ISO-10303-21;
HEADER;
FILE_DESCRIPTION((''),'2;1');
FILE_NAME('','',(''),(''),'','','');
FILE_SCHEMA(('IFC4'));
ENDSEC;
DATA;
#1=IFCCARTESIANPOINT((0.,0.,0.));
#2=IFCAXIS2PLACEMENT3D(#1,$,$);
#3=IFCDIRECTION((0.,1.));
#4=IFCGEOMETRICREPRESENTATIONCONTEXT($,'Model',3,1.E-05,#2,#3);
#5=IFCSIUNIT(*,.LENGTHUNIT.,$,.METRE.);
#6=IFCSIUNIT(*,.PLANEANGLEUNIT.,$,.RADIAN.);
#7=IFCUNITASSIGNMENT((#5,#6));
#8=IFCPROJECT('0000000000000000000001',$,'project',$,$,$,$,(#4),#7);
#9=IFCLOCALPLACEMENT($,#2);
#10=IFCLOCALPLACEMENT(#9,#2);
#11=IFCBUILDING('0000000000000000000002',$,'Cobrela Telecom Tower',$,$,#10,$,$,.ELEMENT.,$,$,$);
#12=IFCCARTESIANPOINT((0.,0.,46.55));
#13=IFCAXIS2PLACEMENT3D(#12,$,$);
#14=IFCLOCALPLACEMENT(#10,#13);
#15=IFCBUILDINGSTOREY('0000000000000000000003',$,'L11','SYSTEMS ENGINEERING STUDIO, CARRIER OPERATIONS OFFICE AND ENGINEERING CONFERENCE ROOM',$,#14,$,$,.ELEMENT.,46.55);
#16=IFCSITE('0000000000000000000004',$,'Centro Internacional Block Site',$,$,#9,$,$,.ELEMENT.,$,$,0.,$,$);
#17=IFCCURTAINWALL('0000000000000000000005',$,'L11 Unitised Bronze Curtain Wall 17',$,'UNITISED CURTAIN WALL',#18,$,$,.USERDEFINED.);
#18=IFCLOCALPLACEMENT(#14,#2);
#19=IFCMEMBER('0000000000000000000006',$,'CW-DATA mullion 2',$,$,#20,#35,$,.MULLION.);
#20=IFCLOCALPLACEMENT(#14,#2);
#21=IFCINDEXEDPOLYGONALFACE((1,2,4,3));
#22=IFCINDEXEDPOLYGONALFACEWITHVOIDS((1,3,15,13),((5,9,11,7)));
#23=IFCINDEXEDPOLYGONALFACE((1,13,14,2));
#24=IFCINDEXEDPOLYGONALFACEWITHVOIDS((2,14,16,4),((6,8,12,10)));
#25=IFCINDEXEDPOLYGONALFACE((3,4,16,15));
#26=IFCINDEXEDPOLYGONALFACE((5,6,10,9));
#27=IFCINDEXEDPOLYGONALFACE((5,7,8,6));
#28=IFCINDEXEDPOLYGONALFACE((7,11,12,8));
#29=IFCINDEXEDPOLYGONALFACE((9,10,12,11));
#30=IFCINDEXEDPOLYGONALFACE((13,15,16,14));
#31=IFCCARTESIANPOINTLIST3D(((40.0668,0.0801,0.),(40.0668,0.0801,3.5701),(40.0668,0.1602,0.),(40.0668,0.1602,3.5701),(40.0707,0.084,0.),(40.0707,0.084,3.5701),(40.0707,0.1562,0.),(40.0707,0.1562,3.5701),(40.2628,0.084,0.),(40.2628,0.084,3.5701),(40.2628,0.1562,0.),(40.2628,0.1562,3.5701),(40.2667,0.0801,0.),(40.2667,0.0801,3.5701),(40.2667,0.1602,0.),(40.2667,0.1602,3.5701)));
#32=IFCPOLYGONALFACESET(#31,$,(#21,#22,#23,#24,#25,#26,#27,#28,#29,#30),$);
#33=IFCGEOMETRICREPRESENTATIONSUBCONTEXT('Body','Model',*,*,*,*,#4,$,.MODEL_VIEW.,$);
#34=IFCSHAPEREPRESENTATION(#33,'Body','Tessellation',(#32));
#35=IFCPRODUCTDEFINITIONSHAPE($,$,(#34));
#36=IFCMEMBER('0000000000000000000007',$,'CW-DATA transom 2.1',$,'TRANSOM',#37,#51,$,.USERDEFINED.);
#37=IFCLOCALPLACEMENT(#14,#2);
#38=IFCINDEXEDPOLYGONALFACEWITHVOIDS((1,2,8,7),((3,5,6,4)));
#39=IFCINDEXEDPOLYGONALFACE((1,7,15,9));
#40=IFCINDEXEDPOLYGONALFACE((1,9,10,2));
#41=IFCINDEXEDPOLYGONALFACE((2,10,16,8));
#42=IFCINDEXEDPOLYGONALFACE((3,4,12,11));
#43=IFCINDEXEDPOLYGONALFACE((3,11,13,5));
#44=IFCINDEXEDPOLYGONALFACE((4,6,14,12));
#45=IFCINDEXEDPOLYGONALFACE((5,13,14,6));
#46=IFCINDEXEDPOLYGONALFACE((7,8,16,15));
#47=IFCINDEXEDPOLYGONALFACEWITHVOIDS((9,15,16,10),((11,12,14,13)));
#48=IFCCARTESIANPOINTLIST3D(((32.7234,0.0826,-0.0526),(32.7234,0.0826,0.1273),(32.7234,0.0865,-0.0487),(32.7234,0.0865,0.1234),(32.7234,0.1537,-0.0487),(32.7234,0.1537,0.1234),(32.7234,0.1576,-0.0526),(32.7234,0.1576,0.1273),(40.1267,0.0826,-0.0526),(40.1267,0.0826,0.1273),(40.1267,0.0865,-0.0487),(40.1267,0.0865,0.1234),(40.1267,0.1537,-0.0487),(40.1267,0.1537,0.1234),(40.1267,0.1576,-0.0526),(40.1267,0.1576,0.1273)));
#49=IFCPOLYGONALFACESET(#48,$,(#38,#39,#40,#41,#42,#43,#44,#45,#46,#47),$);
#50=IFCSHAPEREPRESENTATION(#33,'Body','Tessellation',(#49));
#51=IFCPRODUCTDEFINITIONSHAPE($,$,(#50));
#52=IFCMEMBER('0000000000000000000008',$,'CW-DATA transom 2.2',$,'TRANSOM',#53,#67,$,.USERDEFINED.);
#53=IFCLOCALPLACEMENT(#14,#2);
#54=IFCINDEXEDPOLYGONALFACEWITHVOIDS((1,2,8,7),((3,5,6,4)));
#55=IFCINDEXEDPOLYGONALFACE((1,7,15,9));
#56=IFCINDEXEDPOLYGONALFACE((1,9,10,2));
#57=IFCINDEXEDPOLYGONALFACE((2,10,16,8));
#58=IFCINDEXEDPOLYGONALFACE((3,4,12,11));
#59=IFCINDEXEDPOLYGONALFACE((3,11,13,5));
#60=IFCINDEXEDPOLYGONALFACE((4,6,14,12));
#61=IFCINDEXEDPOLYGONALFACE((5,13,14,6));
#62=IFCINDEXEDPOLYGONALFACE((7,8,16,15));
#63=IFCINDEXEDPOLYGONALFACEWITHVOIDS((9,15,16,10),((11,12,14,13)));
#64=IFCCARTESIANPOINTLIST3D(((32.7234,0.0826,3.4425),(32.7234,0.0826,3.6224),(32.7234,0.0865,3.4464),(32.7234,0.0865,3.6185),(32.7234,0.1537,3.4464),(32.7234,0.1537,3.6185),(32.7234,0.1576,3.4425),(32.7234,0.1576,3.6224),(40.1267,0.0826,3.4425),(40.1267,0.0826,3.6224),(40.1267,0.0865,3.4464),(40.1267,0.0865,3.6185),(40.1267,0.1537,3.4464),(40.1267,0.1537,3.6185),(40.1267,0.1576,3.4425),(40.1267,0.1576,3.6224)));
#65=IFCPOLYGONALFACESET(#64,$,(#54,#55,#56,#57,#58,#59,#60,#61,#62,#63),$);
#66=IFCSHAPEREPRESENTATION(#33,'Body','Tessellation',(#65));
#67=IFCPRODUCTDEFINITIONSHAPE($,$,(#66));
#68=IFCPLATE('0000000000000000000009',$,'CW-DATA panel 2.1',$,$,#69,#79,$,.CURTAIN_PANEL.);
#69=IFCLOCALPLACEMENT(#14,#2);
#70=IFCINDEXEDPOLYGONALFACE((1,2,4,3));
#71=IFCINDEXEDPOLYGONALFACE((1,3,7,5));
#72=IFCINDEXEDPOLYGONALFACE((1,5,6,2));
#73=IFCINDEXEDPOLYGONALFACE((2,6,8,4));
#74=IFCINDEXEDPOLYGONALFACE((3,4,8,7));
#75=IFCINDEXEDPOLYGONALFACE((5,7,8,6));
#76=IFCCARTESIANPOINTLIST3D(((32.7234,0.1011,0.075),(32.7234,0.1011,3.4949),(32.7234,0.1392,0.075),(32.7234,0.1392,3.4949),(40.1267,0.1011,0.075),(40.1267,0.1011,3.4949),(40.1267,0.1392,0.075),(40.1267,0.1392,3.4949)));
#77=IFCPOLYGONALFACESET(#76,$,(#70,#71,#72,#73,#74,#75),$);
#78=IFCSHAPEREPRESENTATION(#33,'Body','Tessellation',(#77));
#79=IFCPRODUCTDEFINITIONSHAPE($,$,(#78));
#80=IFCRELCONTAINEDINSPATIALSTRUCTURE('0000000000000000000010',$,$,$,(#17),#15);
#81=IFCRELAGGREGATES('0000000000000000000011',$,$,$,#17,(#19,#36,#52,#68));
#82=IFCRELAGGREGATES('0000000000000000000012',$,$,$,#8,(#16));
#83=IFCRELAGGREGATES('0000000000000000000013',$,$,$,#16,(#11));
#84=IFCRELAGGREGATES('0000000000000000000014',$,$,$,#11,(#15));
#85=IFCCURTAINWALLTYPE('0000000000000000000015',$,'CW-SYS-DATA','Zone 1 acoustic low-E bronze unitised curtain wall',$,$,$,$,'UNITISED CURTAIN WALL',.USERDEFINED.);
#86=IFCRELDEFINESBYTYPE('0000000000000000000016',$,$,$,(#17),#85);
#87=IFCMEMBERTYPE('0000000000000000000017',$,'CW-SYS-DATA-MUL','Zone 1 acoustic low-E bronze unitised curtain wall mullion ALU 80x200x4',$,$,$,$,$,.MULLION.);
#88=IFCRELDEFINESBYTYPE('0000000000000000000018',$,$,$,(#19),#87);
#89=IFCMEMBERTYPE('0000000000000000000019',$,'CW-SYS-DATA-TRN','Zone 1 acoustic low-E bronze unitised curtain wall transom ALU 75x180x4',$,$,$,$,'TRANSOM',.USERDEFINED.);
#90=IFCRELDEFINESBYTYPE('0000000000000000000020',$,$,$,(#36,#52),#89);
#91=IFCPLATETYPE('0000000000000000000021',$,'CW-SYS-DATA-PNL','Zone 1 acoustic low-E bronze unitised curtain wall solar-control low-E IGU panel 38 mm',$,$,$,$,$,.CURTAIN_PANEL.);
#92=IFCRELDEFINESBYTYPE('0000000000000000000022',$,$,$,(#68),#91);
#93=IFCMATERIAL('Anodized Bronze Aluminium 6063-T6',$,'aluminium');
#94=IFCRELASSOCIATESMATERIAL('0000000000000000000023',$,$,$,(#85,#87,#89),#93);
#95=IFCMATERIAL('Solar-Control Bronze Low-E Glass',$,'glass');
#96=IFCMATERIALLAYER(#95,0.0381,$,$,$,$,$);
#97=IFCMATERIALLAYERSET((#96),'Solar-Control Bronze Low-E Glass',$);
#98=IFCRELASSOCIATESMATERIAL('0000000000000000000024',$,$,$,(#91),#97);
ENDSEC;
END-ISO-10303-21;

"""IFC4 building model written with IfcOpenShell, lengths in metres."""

from ifc_helpers import new_model, si_unit, direction, frame, origin, origin_2d, place, context, subcontext, project, spatial, rectangle, hollow_rectangle, extrude, material, layer, layer_set, material_profile, profile_set, type_object, element, aggregate, save


model = new_model("IFC4")

# Units and contexts
model_context = context("Model", 3, precision=1e-05, world=origin(), true_north=direction((0.0, 1.0)))
body_context = subcontext(model_context, "Body", "Model", "MODEL_VIEW")
ifc_project = project(units=[si_unit("LENGTHUNIT", "METRE"), si_unit("PLANEANGLEUNIT", "RADIAN")], contexts=[model_context])

# Site, building, storey
site_placement = place(None, origin())
site = spatial("IfcSite", under=ifc_project, at=site_placement, Name="Centro Internacional Block Site", CompositionType="ELEMENT", RefElevation=0.0)
building_placement = place(site_placement, origin())
building = spatial("IfcBuilding", under=site, at=building_placement, Name="Cobrela Telecom Tower", CompositionType="ELEMENT")
storey_placement = place(building_placement, frame((0.0, 0.0, 46.55)))
storey = spatial("IfcBuildingStorey", under=building, at=storey_placement, Name="L11", Description="SYSTEMS ENGINEERING STUDIO, CARRIER OPERATIONS OFFICE AND ENGINEERING CONFERENCE ROOM", CompositionType="ELEMENT", Elevation=46.55)

# Curtain wall, members, plate
ifc_material_1 = material(Name="Anodized Bronze Aluminium 6063-T6", Category="aluminium")
curtain_wall_type = type_object("IfcCurtainWallType", Name="CW-SYS-DATA", Description="Zone 1 acoustic low-E bronze unitised curtain wall", ElementType="UNITISED CURTAIN WALL", PredefinedType="USERDEFINED", material=ifc_material_1)
curtain_wall_placement = place(storey_placement, origin())
curtain_wall = element("IfcCurtainWall", 1, at=curtain_wall_placement, inside=storey, type_object=curtain_wall_type, Name="L11 Unitised Bronze Curtain Wall 17", ObjectType="UNITISED CURTAIN WALL", PredefinedType="USERDEFINED")
ifc_material_profile_1 = material_profile(ifc_material_1, hollow_rectangle(XDim=0.0801, YDim=0.2, WallThickness=0.0039, at=origin_2d()), Name="ALU 80x200x4")
ifc_profile_set_1 = profile_set([ifc_material_profile_1], Name="Anodized Bronze Aluminium 6063-T6")
member_type_1 = type_object("IfcMemberType", Name="CW-SYS-DATA-MUL", Description="Zone 1 acoustic low-E bronze unitised curtain wall mullion ALU 80x200x4", PredefinedType="MULLION", material=ifc_profile_set_1)
member_1_placement = place(storey_placement, frame((40.1667, 0.1201, 0.0), z_axis=(0.0, 0.0, 1.0), x_axis=(0.0, -1.0, 0.0)))
member_1 = element("IfcMember", 2, at=member_1_placement, type_object=member_type_1, Name="CW-DATA mullion 2", PredefinedType="MULLION", context=body_context, shape_type="SweptSolid", body=[
    extrude(hollow_rectangle(XDim=0.0801, YDim=0.2, WallThickness=0.0039, at=origin_2d()), origin(), (0.0, 0.0, 1.0), 3.5701),
])
ifc_material_profile_2 = material_profile(ifc_material_1, hollow_rectangle(XDim=0.075, YDim=0.1799, WallThickness=0.0039, at=origin_2d()), Name="ALU 75x180x4")
ifc_profile_set_2 = profile_set([ifc_material_profile_2], Name="Anodized Bronze Aluminium 6063-T6")
member_type_2 = type_object("IfcMemberType", Name="CW-SYS-DATA-TRN", Description="Zone 1 acoustic low-E bronze unitised curtain wall transom ALU 75x180x4", ElementType="TRANSOM", PredefinedType="USERDEFINED", material=ifc_profile_set_2)
member_2_placement = place(storey_placement, frame((40.1267, 0.1201, 0.0374), z_axis=(-1.0, 0.0, 0.0), x_axis=(0.0, -1.0, 0.0)))
member_2 = element("IfcMember", 3, at=member_2_placement, type_object=member_type_2, Name="CW-DATA transom 2.1", ObjectType="TRANSOM", PredefinedType="USERDEFINED", context=body_context, shape_type="SweptSolid", body=[
    extrude(hollow_rectangle(XDim=0.075, YDim=0.1799, WallThickness=0.0039, at=origin_2d()), origin(), (0.0, 0.0, 1.0), 7.4033),
])
member_3_placement = place(storey_placement, frame((40.1267, 0.1201, 3.5325), z_axis=(-1.0, 0.0, 0.0), x_axis=(0.0, -1.0, 0.0)))
member_3 = element("IfcMember", 4, at=member_3_placement, type_object=member_type_2, Name="CW-DATA transom 2.2", ObjectType="TRANSOM", PredefinedType="USERDEFINED", context=body_context, shape_type="SweptSolid", body=[
    extrude(hollow_rectangle(XDim=0.075, YDim=0.1799, WallThickness=0.0039, at=origin_2d()), origin(), (0.0, 0.0, 1.0), 7.4033),
])
ifc_material_2 = material(Name="Solar-Control Bronze Low-E Glass", Category="glass")
ifc_layer = layer(ifc_material_2, 0.0381)
ifc_layer_set = layer_set([ifc_layer], Name="Solar-Control Bronze Low-E Glass")
plate_type = type_object("IfcPlateType", Name="CW-SYS-DATA-PNL", Description="Zone 1 acoustic low-E bronze unitised curtain wall solar-control low-E IGU panel 38 mm", PredefinedType="CURTAIN_PANEL", material=ifc_layer_set)
plate_placement = place(storey_placement, frame((36.425, 0.1201, 0.075), z_axis=(0.0, 0.0, 1.0), x_axis=(-1.0, 0.0, 0.0)))
plate = element("IfcPlate", 5, at=plate_placement, type_object=plate_type, Name="CW-DATA panel 2.1", PredefinedType="CURTAIN_PANEL", context=body_context, shape_type="SweptSolid", body=[
    extrude(rectangle(XDim=7.4033, YDim=0.0381, at=origin_2d()), origin(), (0.0, 0.0, 1.0), 3.4199),
])
aggregate(curtain_wall, [member_1, member_2, member_3, plate])

save(model, "model.ifc")
